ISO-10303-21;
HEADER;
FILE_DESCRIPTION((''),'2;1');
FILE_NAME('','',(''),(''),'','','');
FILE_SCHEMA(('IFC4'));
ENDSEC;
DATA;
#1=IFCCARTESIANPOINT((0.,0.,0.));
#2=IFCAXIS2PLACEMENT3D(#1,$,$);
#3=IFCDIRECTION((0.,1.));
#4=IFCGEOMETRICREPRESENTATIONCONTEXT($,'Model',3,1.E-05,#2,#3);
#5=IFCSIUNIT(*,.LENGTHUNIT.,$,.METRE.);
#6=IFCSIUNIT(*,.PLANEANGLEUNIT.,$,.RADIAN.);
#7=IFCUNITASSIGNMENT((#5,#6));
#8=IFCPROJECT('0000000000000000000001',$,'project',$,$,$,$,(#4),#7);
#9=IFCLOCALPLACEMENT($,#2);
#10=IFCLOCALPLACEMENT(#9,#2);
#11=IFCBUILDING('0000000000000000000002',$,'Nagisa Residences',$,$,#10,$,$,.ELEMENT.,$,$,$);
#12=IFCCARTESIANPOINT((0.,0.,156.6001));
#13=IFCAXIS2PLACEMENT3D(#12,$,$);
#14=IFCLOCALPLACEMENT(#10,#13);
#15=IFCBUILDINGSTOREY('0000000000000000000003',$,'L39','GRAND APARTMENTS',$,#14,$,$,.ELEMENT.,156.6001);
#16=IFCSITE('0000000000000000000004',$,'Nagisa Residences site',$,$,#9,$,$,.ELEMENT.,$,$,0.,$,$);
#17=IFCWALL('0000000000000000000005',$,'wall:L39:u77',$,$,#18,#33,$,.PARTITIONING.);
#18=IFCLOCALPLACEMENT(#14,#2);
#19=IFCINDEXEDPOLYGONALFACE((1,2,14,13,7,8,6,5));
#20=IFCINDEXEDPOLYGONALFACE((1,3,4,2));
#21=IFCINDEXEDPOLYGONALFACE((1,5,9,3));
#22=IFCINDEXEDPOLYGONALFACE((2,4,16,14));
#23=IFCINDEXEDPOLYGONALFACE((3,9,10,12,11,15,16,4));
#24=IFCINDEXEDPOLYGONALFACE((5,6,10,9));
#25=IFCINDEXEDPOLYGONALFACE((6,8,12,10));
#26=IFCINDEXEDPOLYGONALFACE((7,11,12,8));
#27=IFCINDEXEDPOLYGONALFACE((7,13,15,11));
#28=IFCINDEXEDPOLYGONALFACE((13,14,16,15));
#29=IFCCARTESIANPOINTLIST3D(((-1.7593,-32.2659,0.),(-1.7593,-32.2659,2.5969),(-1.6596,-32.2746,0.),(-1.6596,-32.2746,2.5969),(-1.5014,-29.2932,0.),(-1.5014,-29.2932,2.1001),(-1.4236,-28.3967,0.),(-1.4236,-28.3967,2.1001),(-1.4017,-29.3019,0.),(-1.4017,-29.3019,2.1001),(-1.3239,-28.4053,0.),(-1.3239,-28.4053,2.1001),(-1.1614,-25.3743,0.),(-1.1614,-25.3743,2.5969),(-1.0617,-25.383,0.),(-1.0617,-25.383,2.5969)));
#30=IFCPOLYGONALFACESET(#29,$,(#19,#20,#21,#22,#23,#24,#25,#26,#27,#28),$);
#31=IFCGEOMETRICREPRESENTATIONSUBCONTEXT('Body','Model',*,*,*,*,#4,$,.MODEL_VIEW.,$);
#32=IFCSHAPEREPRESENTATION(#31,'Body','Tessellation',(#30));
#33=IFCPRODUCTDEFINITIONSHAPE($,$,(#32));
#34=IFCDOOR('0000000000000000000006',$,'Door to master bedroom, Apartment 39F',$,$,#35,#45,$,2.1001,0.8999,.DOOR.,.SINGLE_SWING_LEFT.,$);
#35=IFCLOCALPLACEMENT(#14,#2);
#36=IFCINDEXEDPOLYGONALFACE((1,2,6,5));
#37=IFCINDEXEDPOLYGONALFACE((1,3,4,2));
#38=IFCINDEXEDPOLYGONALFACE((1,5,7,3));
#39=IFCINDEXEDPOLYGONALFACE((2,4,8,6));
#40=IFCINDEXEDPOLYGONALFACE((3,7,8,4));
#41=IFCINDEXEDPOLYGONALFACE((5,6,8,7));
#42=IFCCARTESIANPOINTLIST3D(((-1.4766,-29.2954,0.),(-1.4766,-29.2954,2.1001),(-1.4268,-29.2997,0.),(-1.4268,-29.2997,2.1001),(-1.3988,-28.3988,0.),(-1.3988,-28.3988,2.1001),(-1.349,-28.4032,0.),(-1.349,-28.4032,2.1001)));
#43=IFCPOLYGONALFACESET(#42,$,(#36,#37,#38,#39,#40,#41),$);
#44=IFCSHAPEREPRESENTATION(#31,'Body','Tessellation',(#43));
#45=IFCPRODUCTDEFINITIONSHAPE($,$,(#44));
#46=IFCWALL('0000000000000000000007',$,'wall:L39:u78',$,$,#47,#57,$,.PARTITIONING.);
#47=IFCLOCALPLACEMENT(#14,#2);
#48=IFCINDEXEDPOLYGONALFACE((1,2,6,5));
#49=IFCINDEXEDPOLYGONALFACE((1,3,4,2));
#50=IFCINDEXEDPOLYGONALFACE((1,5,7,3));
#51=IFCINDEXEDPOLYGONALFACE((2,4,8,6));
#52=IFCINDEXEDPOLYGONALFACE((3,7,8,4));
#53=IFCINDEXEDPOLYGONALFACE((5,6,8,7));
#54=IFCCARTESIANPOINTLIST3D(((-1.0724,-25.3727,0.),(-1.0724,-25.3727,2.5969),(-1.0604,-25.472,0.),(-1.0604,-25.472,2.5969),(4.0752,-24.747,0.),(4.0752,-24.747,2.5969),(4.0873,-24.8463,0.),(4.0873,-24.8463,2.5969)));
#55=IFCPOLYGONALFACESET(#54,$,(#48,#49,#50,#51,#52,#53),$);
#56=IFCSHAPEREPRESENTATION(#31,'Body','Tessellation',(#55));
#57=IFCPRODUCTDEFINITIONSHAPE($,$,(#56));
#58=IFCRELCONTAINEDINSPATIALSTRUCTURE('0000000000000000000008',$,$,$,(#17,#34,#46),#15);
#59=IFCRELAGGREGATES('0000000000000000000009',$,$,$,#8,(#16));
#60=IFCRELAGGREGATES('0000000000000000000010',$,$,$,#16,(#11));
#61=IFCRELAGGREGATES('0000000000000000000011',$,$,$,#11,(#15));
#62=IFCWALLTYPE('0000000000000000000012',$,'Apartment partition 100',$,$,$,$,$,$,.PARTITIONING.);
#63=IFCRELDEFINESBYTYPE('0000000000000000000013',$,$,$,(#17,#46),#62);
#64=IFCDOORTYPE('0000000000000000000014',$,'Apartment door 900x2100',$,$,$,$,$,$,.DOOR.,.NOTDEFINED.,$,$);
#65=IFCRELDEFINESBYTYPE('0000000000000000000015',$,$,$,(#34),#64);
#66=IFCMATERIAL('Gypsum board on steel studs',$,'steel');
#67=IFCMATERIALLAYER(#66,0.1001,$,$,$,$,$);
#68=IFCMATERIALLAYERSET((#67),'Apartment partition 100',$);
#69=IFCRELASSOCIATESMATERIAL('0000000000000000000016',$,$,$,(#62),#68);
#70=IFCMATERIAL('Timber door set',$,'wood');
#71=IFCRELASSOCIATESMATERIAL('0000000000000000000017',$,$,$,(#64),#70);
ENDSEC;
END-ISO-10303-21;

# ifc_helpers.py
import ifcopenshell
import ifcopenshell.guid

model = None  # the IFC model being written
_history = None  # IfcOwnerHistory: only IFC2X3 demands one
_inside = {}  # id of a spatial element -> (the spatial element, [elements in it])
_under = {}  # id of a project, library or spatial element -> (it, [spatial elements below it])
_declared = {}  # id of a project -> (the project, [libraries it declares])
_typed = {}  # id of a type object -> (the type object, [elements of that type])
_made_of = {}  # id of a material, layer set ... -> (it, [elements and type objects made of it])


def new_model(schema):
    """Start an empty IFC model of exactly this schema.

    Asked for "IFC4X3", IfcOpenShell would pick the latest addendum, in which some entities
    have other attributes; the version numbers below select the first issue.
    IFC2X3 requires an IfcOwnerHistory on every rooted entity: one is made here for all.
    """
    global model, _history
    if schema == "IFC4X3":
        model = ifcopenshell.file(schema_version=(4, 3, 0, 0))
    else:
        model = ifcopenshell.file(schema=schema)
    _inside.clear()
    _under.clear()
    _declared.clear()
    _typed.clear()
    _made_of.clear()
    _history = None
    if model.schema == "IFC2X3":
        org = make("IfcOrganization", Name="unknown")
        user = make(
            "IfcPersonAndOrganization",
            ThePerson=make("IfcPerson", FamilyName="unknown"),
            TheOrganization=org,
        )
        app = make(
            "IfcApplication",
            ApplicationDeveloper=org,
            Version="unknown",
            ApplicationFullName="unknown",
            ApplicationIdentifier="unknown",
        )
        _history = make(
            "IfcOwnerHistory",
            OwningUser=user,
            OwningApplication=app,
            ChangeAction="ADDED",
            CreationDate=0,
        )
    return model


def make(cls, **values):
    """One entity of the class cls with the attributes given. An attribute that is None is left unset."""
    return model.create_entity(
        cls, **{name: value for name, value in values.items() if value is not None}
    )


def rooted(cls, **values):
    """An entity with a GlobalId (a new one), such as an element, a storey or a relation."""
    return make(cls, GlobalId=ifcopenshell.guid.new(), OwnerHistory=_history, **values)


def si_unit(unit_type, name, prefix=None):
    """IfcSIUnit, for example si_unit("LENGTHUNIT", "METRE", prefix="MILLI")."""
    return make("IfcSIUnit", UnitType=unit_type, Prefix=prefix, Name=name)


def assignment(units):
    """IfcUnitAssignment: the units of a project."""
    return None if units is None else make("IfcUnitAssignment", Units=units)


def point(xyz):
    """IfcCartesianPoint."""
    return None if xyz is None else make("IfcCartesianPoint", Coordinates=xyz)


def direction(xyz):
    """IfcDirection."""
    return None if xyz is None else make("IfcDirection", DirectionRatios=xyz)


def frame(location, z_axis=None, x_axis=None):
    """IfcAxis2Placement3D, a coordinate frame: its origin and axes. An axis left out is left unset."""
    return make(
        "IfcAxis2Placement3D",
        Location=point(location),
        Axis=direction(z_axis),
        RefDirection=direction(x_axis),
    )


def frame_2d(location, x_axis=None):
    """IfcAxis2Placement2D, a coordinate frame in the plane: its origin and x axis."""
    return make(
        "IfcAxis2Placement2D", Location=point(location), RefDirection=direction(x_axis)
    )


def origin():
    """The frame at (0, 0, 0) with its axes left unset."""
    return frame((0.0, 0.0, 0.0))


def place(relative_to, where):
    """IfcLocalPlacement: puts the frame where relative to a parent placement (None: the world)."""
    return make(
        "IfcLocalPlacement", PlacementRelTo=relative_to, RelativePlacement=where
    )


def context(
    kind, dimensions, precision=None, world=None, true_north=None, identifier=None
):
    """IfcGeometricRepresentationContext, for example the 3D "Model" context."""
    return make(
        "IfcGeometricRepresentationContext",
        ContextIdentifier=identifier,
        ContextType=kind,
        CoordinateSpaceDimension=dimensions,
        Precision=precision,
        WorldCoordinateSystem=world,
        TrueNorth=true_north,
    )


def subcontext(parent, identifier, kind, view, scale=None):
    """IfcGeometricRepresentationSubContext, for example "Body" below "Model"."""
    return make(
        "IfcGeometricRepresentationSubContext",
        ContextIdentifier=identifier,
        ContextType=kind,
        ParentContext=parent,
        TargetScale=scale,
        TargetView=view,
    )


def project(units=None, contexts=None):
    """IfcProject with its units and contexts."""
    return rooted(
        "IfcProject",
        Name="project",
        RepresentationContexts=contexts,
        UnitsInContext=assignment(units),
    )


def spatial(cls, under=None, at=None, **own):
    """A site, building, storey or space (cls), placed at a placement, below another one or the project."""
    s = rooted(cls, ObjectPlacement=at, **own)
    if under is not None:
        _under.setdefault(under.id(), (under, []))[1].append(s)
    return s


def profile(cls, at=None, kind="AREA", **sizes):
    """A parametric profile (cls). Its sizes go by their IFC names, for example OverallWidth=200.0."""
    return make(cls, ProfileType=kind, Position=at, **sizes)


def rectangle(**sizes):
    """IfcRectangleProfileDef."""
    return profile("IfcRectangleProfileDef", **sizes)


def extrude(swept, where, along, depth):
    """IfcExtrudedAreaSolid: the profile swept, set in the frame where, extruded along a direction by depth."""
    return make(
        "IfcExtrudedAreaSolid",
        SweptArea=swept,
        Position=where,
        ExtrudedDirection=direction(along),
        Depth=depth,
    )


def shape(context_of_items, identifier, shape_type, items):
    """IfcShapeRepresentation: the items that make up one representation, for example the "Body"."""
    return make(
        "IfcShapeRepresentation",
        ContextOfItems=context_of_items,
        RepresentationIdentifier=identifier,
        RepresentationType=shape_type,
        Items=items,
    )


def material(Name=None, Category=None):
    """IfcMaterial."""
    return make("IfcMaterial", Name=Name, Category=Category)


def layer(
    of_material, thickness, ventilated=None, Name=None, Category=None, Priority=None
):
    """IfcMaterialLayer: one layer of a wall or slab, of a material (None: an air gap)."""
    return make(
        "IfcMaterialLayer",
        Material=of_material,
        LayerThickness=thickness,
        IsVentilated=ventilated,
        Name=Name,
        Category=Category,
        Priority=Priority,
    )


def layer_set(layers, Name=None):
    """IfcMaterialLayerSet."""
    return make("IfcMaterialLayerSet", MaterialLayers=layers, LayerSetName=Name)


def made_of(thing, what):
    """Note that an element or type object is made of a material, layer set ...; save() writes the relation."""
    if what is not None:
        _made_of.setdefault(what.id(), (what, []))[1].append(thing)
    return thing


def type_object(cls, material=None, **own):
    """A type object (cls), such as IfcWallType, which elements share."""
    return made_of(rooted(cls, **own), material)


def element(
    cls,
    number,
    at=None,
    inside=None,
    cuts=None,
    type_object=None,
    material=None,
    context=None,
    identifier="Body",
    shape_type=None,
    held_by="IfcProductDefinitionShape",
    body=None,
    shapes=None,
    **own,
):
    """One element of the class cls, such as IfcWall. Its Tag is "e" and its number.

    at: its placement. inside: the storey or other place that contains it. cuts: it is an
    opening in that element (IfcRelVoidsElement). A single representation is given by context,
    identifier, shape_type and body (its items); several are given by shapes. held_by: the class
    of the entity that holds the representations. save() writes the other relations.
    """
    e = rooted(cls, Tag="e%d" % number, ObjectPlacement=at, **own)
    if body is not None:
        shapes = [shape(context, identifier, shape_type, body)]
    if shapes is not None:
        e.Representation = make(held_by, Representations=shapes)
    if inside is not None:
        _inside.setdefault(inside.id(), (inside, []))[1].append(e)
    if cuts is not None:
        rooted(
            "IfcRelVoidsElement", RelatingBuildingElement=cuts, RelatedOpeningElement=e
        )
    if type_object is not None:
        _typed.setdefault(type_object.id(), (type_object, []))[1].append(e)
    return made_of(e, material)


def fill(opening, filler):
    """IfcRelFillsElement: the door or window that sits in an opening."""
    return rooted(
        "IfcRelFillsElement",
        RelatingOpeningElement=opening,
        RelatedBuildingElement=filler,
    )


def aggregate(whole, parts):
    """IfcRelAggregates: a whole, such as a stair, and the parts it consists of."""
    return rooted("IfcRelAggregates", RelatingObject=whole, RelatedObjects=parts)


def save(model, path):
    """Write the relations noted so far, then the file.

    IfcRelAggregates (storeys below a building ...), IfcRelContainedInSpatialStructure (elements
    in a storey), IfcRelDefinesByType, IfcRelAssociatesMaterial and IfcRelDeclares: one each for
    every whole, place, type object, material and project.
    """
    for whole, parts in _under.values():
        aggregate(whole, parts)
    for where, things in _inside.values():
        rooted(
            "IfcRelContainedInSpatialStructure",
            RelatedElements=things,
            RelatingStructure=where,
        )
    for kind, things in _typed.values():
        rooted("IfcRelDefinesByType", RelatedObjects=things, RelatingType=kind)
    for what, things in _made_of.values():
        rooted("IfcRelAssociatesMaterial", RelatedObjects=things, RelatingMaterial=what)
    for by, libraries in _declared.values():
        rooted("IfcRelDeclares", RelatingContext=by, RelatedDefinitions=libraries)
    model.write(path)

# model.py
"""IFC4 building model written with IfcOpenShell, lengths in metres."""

from ifc_helpers import new_model, si_unit, direction, frame, frame_2d, origin, place, context, subcontext, project, spatial, rectangle, extrude, material, layer, layer_set, type_object, element, fill, save


model = new_model("IFC4")

# Units and contexts
model_context = context("Model", 3, precision=1e-05, world=origin(), true_north=direction((0.0, 1.0)))
body_context = subcontext(model_context, "Body", "Model", "MODEL_VIEW")
ifc_project = project(units=[si_unit("LENGTHUNIT", "METRE"), si_unit("PLANEANGLEUNIT", "RADIAN")], contexts=[model_context])

# Site, building, storey
site_placement = place(None, origin())
site = spatial("IfcSite", under=ifc_project, at=site_placement, Name="Nagisa Residences site", CompositionType="ELEMENT", RefElevation=0.0)
building_placement = place(site_placement, origin())
building = spatial("IfcBuilding", under=site, at=building_placement, Name="Nagisa Residences", CompositionType="ELEMENT")
storey_placement = place(building_placement, frame((0.0, 0.0, 156.6001)))
storey = spatial("IfcBuildingStorey", under=building, at=storey_placement, Name="L39", Description="GRAND APARTMENTS", CompositionType="ELEMENT", Elevation=156.6001)

# Shared definitions
ifc_material_1 = material(Name="Gypsum board on steel studs", Category="steel")
ifc_layer_1 = layer(ifc_material_1, 0.1001)
ifc_layer_set_1 = layer_set([ifc_layer_1], Name="Apartment partition 100")
wall_type_1 = type_object("IfcWallType", Name="Apartment partition 100", PredefinedType="PARTITIONING", material=ifc_layer_set_1)

# Wall, opening, door
ifc_material_2 = material(Name="Timber door set", Category="wood")
door_type_1 = type_object("IfcDoorType", Name="Apartment door 900x2100", OperationType="NOTDEFINED", PredefinedType="DOOR", material=ifc_material_2)
wall_1_placement = place(storey_placement, frame((-1.1116, -25.3787, 0.0), z_axis=(0.0, 0.0, 1.0), x_axis=(-0.086433, -0.996258, 0.0)))
wall_1 = element("IfcWall", 1, at=wall_1_placement, inside=storey, type_object=wall_type_1, Name="wall:L39:u77", PredefinedType="PARTITIONING", context=body_context, shape_type="SweptSolid", body=[
    extrude(rectangle(XDim=6.9175, YDim=0.1001, at=frame_2d((3.4587, 0.0))), origin(), (0.0, 0.0, 1.0), 2.5969),
])
opening_1_placement = place(wall_1_placement, frame((3.0337, 0.0, 0.0)))
opening_1 = element("IfcOpeningElement", 2, at=opening_1_placement, cuts=wall_1, PredefinedType="OPENING", context=body_context, shape_type="SweptSolid", body=[
    extrude(rectangle(XDim=0.8999, YDim=2.1001, at=frame_2d((0.45, 1.05))), frame((0.0, 0.0601, 0.0), z_axis=(0.0, -1.0, 0.0), x_axis=(1.0, 0.0, 0.0)), (0.0, 0.0, 1.0), 0.1201),
])
door_1_placement = place(opening_1_placement, origin())
door_1 = element("IfcDoor", 3, at=door_1_placement, inside=storey, type_object=door_type_1, Name="Door to master bedroom, Apartment 39F", OperationType="SINGLE_SWING_LEFT", OverallHeight=2.1001, OverallWidth=0.8999, PredefinedType="DOOR", context=body_context, shape_type="SweptSolid", body=[
    extrude(rectangle(XDim=0.8999, YDim=2.1001, at=frame_2d((0.45, 1.05))), frame((0.0, 0.0249, 0.0), z_axis=(0.0, -1.0, 0.0), x_axis=(1.0, 0.0, 0.0)), (0.0, 0.0, 1.0), 0.05),
])
fill(opening_1, door_1)

# Wall
wall_2_placement = place(storey_placement, frame((-1.0664, -25.4224, 0.0), z_axis=(0.0, 0.0, 1.0), x_axis=(0.992693, 0.120667, 0.0)))
element("IfcWall", 4, at=wall_2_placement, inside=storey, type_object=wall_type_1, Name="wall:L39:u78", PredefinedType="PARTITIONING", context=body_context, shape_type="SweptSolid", body=[
    extrude(rectangle(XDim=5.1855, YDim=0.1001, at=frame_2d((2.5928, 0.0))), origin(), (0.0, 0.0, 1.0), 2.5969),
])

save(model, "model.ifc")
